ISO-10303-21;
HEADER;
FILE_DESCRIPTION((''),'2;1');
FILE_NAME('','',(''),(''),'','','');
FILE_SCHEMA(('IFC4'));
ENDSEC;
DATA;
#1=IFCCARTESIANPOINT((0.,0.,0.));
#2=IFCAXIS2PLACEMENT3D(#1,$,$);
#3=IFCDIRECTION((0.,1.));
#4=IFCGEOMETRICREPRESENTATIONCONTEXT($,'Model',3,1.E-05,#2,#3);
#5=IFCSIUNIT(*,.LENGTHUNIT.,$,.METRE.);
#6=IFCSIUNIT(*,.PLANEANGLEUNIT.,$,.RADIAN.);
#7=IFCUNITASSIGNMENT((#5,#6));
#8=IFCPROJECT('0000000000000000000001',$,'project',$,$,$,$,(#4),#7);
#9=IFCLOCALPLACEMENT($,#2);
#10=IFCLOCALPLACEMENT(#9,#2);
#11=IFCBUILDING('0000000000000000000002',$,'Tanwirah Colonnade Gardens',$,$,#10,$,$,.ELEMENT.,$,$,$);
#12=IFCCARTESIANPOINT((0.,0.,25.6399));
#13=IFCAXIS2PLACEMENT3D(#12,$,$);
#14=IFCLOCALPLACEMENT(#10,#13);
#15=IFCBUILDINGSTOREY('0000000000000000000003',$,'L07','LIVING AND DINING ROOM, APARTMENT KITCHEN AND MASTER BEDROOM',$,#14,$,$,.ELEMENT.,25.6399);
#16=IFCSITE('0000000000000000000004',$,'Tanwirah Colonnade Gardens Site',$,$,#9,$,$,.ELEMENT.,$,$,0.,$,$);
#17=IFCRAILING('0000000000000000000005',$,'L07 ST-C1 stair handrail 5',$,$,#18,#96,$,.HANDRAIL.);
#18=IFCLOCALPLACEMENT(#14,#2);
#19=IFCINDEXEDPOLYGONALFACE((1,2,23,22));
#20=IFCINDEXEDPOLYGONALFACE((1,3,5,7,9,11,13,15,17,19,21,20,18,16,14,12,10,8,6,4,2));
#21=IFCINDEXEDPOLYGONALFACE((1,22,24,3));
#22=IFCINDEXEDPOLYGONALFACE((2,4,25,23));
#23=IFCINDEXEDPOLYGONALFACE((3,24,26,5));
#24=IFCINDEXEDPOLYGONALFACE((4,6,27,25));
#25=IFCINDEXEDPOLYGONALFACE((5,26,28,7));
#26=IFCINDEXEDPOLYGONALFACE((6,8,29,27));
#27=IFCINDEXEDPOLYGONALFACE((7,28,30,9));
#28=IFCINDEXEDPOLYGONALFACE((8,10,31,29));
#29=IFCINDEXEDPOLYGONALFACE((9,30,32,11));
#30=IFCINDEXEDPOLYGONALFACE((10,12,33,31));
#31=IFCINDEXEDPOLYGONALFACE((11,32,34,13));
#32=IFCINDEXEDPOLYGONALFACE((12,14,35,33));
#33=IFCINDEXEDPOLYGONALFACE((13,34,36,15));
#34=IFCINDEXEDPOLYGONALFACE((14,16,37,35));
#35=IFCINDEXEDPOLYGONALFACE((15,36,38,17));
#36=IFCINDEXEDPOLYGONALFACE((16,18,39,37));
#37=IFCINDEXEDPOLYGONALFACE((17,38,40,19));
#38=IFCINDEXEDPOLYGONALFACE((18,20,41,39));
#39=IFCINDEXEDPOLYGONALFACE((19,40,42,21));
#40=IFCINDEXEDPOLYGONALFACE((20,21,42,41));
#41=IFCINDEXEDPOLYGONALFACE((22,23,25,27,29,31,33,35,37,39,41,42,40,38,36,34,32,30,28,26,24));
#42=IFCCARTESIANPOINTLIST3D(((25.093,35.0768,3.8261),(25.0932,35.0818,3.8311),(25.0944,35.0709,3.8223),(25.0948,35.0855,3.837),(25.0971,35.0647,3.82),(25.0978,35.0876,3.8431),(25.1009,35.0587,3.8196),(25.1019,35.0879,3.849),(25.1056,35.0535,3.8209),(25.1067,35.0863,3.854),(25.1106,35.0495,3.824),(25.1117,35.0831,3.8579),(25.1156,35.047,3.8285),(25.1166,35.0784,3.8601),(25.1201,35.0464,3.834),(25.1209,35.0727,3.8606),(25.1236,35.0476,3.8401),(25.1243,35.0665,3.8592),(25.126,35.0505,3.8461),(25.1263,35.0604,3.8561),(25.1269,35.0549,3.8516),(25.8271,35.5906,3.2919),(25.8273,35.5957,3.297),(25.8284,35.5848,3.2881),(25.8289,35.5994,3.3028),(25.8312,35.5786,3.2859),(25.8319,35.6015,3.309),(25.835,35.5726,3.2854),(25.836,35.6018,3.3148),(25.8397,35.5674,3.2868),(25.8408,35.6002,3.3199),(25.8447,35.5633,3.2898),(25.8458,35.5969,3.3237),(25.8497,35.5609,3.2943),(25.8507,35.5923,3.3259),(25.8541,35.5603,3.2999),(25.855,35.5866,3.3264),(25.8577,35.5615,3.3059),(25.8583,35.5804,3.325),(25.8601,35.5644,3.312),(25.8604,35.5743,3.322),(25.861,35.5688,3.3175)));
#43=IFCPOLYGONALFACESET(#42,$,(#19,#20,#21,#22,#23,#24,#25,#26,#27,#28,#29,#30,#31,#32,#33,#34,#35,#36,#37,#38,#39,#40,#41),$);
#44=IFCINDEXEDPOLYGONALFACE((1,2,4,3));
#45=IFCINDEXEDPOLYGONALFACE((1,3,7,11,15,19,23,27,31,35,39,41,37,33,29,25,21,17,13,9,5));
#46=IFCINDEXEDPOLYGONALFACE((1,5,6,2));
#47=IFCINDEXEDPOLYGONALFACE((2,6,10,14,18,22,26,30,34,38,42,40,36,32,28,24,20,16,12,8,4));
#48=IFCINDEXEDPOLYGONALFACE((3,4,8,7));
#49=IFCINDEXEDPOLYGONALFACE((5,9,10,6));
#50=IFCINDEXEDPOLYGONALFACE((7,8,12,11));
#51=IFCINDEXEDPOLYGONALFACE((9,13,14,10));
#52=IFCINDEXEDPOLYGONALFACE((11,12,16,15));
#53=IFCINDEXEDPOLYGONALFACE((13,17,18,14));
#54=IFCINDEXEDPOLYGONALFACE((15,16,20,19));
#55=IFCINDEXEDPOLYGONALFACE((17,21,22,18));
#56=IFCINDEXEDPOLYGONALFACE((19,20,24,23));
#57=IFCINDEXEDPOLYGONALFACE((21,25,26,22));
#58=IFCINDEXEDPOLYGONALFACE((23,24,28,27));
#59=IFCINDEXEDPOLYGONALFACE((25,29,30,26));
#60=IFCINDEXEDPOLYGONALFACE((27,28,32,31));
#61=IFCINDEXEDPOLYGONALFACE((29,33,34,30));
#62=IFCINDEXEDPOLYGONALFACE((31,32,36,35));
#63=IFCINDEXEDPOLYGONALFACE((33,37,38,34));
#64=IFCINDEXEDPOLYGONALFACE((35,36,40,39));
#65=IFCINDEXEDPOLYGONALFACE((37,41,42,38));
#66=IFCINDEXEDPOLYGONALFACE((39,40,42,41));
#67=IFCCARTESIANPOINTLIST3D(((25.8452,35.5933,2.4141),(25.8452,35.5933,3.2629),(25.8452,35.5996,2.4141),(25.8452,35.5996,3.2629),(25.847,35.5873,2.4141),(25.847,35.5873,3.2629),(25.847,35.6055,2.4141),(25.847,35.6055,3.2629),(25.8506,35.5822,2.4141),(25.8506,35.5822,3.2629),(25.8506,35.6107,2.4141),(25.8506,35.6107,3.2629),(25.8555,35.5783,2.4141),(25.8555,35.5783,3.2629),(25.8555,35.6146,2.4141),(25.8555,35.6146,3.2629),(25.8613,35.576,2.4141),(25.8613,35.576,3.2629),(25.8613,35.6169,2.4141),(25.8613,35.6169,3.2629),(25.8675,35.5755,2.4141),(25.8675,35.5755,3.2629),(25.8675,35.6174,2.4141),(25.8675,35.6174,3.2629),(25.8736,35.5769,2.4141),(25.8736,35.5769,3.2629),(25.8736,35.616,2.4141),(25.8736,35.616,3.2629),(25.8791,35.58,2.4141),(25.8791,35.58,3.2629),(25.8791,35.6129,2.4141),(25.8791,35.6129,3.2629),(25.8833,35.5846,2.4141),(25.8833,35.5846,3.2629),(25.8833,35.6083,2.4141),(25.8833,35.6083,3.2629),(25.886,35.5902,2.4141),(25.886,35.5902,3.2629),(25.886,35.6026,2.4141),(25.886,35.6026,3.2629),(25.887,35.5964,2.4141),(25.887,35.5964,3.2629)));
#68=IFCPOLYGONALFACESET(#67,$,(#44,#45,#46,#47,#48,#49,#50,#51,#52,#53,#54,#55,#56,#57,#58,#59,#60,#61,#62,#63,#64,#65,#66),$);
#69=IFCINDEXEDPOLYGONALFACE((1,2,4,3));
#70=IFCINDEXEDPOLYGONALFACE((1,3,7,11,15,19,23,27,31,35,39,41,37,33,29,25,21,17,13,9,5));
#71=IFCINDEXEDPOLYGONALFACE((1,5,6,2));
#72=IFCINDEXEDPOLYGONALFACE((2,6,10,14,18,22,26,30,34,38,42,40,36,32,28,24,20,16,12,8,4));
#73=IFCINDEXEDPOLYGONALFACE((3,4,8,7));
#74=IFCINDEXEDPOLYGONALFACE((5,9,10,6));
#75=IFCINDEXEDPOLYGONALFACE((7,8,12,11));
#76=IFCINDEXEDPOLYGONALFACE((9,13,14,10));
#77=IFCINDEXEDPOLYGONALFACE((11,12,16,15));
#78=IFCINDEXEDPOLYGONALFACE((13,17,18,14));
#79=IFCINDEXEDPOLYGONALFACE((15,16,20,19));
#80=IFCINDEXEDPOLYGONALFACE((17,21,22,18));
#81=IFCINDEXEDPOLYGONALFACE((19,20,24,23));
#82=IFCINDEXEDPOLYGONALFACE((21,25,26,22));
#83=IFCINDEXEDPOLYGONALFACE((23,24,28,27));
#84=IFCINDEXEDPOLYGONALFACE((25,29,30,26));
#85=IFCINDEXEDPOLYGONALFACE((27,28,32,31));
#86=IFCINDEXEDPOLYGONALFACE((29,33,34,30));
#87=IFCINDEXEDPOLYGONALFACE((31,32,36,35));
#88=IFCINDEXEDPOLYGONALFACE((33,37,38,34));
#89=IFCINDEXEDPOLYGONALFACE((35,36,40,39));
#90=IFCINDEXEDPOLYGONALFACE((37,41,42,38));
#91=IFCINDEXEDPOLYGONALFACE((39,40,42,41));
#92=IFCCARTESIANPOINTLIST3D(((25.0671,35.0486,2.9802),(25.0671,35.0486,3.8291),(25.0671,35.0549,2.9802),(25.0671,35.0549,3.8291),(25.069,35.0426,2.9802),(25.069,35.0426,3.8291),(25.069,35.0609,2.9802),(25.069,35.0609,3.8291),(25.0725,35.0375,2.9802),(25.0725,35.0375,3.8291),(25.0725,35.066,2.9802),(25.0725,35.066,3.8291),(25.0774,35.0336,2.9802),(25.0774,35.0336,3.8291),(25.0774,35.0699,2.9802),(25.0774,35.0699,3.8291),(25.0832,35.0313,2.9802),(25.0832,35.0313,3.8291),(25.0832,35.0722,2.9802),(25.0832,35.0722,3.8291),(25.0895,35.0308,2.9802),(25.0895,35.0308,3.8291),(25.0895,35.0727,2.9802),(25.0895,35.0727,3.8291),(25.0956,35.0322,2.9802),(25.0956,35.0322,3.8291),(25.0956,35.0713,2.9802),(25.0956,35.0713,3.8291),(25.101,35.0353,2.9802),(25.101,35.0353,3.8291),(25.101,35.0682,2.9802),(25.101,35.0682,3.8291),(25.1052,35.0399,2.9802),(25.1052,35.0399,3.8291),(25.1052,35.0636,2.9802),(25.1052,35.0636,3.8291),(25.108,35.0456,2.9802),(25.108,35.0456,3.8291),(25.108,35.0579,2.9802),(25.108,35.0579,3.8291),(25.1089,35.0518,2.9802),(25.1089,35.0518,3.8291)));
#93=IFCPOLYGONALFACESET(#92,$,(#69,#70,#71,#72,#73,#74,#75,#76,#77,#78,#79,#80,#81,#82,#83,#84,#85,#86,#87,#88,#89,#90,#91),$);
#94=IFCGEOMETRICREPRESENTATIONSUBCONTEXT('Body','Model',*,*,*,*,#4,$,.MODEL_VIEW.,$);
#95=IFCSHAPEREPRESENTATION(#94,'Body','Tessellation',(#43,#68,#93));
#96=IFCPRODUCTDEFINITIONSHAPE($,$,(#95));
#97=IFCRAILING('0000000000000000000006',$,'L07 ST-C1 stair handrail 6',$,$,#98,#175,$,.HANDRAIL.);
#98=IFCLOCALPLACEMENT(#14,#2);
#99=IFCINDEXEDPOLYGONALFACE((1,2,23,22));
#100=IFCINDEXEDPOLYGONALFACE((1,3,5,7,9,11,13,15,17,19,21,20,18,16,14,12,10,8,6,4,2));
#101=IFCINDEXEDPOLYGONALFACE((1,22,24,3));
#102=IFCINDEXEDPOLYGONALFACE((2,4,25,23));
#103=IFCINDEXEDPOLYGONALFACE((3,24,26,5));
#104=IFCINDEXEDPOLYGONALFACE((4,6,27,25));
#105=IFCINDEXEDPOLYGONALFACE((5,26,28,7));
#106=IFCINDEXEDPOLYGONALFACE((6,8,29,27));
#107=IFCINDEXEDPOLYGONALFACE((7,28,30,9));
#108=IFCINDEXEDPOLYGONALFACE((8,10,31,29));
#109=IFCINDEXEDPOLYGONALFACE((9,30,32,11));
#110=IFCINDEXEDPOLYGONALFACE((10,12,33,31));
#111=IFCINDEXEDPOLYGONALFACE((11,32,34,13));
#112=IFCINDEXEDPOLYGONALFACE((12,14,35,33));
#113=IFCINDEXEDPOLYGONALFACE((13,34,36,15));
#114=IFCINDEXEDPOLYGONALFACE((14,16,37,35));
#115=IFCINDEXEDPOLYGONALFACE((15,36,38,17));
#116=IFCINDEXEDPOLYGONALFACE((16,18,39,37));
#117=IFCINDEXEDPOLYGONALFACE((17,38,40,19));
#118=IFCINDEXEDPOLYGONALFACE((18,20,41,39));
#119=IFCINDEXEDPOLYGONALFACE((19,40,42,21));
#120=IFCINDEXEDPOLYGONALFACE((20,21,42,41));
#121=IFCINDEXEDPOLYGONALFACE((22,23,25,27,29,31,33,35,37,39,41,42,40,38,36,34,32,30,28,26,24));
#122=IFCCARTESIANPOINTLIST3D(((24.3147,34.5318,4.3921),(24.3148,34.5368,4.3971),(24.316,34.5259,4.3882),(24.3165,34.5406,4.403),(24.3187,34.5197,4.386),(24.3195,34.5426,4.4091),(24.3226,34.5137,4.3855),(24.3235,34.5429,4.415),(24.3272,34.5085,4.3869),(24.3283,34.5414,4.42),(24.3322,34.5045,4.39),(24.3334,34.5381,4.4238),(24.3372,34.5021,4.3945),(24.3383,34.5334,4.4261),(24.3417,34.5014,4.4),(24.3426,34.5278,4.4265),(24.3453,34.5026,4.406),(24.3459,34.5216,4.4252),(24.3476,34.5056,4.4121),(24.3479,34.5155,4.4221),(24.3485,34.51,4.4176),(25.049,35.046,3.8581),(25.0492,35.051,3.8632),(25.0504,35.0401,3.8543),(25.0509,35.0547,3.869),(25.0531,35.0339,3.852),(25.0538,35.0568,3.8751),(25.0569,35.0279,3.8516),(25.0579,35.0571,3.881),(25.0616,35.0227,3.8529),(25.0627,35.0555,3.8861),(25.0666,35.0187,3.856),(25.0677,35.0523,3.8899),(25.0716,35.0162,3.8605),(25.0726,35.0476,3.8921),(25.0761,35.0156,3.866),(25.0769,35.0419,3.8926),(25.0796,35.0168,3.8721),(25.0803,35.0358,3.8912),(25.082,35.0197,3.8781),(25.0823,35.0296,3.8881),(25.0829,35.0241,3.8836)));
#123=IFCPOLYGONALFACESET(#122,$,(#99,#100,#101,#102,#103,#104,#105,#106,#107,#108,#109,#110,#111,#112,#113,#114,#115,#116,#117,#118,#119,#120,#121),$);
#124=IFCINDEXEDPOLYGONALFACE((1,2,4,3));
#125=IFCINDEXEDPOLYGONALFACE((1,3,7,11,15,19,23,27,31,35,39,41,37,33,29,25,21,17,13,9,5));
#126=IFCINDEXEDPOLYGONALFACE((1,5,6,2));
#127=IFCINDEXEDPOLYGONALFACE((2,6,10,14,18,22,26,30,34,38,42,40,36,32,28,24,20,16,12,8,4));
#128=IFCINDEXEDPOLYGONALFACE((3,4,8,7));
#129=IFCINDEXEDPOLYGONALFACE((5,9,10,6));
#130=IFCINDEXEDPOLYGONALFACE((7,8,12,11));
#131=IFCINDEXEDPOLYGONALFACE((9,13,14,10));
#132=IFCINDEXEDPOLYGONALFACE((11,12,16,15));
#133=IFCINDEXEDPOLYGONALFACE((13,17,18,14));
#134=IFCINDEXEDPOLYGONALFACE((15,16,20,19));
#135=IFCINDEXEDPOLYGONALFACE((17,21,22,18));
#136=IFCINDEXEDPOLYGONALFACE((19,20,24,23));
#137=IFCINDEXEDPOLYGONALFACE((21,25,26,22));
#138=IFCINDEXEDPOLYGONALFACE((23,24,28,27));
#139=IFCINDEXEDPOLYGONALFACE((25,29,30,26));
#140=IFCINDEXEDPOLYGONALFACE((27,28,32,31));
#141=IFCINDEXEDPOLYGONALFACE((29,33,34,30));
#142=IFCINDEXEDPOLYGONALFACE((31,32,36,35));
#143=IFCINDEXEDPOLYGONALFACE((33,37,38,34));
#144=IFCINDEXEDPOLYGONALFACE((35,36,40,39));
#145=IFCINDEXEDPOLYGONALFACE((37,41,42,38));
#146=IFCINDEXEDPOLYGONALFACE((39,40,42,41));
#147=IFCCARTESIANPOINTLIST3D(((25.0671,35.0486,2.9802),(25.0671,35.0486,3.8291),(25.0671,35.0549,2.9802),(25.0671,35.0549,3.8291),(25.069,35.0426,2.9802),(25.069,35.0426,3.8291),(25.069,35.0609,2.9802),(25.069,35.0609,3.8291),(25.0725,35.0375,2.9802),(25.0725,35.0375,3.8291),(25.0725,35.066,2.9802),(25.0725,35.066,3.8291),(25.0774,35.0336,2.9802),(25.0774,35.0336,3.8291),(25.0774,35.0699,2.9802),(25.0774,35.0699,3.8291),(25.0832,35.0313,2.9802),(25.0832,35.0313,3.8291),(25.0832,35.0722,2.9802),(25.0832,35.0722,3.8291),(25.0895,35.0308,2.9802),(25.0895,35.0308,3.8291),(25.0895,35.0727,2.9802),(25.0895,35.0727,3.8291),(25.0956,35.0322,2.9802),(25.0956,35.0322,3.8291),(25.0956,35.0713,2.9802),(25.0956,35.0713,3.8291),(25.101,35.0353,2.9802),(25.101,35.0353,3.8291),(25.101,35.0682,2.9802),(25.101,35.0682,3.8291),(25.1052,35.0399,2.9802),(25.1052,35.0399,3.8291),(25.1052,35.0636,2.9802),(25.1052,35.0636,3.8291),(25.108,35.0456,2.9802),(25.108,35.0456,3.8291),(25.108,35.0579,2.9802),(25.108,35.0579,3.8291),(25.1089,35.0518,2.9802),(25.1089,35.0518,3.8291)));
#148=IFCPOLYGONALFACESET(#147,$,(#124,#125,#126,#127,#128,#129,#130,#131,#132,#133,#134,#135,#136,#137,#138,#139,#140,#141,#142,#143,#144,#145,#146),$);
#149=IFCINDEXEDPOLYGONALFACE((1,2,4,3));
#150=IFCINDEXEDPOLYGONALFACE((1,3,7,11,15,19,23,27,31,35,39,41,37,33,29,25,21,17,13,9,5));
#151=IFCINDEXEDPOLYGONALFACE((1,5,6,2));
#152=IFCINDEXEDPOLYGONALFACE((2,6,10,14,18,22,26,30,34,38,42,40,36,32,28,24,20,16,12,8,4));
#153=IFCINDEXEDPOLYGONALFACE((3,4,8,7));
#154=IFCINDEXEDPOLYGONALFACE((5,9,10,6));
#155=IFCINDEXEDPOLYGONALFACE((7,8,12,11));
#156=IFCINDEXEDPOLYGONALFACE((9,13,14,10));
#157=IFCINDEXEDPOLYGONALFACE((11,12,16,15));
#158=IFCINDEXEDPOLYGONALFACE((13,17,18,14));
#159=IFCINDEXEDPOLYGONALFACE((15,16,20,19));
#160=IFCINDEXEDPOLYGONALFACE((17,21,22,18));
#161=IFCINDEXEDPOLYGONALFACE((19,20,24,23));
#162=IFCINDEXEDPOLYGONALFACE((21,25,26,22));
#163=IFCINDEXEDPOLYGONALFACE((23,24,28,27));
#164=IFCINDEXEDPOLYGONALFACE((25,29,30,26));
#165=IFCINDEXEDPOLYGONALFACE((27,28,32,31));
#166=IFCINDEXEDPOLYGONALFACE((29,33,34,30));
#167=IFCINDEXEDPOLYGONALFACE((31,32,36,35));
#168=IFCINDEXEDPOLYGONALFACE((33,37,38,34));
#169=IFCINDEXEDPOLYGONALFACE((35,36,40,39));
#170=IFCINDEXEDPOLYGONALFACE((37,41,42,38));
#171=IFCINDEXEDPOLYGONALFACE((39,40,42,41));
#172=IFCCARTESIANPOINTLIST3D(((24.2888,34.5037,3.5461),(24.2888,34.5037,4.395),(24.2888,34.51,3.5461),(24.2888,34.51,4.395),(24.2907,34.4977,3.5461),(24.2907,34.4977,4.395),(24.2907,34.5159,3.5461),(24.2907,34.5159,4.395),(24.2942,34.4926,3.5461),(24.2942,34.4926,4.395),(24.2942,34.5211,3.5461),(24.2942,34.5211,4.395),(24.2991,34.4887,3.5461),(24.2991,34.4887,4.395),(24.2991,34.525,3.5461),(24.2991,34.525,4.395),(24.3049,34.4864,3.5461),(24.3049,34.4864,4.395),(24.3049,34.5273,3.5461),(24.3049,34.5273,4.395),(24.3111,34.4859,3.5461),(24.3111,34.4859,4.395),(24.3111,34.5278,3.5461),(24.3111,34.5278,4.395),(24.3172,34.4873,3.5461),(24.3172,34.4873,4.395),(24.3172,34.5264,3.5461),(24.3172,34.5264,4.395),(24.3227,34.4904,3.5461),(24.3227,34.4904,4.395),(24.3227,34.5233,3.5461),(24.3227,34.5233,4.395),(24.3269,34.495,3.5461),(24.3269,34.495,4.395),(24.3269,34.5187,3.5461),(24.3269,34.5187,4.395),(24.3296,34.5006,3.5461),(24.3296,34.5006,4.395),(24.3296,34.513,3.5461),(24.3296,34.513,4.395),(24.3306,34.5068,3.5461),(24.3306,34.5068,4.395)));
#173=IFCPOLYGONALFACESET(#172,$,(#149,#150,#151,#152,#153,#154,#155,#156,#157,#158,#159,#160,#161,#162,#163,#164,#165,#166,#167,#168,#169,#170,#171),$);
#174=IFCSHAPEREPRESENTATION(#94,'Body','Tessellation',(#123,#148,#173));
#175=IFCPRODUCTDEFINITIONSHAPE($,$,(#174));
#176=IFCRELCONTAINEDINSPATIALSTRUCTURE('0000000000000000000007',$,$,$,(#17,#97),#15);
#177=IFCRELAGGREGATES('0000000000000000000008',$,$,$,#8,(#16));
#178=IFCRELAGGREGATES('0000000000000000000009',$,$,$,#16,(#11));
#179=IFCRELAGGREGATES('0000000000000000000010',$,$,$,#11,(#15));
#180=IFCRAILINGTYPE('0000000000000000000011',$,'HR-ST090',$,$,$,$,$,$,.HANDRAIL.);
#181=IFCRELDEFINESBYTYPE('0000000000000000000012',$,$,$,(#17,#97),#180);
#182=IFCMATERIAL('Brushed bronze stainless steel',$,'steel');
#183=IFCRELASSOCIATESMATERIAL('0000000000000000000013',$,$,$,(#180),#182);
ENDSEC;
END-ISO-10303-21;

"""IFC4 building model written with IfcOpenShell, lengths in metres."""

from ifc_helpers import new_model, si_unit, direction, frame, origin, origin_2d, place, context, subcontext, project, spatial, circle, extrude, material, type_object, element, save


model = new_model("IFC4")

# Units and contexts
model_context = context("Model", 3, precision=1e-05, world=origin(), true_north=direction((0.0, 1.0)))
body_context = subcontext(model_context, "Body", "Model", "MODEL_VIEW")
ifc_project = project(units=[si_unit("LENGTHUNIT", "METRE"), si_unit("PLANEANGLEUNIT", "RADIAN")], contexts=[model_context])

# Site, building, storey
site_placement = place(None, origin())
site = spatial("IfcSite", under=ifc_project, at=site_placement, Name="Tanwirah Colonnade Gardens Site", CompositionType="ELEMENT", RefElevation=0.0)
building_placement = place(site_placement, origin())
building = spatial("IfcBuilding", under=site, at=building_placement, Name="Tanwirah Colonnade Gardens", CompositionType="ELEMENT")
storey_placement = place(building_placement, frame((0.0, 0.0, 25.6399)))
storey = spatial("IfcBuildingStorey", under=building, at=storey_placement, Name="L07", Description="LIVING AND DINING ROOM, APARTMENT KITCHEN AND MASTER BEDROOM", CompositionType="ELEMENT", Elevation=25.6399)

# Railings
ifc_material_1 = material(Name="Brushed bronze stainless steel", Category="steel")
railing_type_1 = type_object("IfcRailingType", Name="HR-ST090", PredefinedType="HANDRAIL", material=ifc_material_1)
railing_1_placement = place(storey_placement, frame((25.866, 35.5964, 2.4141)))
element("IfcRailing", 1, at=railing_1_placement, inside=storey, type_object=railing_type_1, Name="L07 ST-C1 stair handrail 5", PredefinedType="HANDRAIL", context=body_context, shape_type="SweptSolid", body=[
    extrude(circle(Radius=0.0239, at=origin_2d()), frame((-0.022, -0.0154, 0.8918), z_axis=(-0.703683, -0.4926, 0.51203), x_axis=(0.57348, -0.81922, 0.0)), (0.0, 0.0, 1.0), 1.0432),
    extrude(circle(Radius=0.021, at=origin_2d()), origin(), (0.0, 0.0, 1.0), 0.8489),
    extrude(circle(Radius=0.021, at=origin_2d()), frame((-0.7781, -0.5447, 0.5662)), (0.0, 0.0, 1.0), 0.8489),
])
railing_2_placement = place(storey_placement, frame((25.0879, 35.0518, 2.9802)))
element("IfcRailing", 2, at=railing_2_placement, inside=storey, type_object=railing_type_1, Name="L07 ST-C1 stair handrail 6", PredefinedType="HANDRAIL", context=body_context, shape_type="SweptSolid", body=[
    extrude(circle(Radius=0.0239, at=origin_2d()), frame((-0.022, -0.0154, 0.8918), z_axis=(-0.703797, -0.492747, 0.511732), x_axis=(0.573531, -0.819184, 0.0)), (0.0, 0.0, 1.0), 1.0435),
    extrude(circle(Radius=0.021, at=origin_2d()), origin(), (0.0, 0.0, 1.0), 0.8489),
    extrude(circle(Radius=0.021, at=origin_2d()), frame((-0.7783, -0.5449, 0.5659)), (0.0, 0.0, 1.0), 0.8489),
])

save(model, "model.ifc")
